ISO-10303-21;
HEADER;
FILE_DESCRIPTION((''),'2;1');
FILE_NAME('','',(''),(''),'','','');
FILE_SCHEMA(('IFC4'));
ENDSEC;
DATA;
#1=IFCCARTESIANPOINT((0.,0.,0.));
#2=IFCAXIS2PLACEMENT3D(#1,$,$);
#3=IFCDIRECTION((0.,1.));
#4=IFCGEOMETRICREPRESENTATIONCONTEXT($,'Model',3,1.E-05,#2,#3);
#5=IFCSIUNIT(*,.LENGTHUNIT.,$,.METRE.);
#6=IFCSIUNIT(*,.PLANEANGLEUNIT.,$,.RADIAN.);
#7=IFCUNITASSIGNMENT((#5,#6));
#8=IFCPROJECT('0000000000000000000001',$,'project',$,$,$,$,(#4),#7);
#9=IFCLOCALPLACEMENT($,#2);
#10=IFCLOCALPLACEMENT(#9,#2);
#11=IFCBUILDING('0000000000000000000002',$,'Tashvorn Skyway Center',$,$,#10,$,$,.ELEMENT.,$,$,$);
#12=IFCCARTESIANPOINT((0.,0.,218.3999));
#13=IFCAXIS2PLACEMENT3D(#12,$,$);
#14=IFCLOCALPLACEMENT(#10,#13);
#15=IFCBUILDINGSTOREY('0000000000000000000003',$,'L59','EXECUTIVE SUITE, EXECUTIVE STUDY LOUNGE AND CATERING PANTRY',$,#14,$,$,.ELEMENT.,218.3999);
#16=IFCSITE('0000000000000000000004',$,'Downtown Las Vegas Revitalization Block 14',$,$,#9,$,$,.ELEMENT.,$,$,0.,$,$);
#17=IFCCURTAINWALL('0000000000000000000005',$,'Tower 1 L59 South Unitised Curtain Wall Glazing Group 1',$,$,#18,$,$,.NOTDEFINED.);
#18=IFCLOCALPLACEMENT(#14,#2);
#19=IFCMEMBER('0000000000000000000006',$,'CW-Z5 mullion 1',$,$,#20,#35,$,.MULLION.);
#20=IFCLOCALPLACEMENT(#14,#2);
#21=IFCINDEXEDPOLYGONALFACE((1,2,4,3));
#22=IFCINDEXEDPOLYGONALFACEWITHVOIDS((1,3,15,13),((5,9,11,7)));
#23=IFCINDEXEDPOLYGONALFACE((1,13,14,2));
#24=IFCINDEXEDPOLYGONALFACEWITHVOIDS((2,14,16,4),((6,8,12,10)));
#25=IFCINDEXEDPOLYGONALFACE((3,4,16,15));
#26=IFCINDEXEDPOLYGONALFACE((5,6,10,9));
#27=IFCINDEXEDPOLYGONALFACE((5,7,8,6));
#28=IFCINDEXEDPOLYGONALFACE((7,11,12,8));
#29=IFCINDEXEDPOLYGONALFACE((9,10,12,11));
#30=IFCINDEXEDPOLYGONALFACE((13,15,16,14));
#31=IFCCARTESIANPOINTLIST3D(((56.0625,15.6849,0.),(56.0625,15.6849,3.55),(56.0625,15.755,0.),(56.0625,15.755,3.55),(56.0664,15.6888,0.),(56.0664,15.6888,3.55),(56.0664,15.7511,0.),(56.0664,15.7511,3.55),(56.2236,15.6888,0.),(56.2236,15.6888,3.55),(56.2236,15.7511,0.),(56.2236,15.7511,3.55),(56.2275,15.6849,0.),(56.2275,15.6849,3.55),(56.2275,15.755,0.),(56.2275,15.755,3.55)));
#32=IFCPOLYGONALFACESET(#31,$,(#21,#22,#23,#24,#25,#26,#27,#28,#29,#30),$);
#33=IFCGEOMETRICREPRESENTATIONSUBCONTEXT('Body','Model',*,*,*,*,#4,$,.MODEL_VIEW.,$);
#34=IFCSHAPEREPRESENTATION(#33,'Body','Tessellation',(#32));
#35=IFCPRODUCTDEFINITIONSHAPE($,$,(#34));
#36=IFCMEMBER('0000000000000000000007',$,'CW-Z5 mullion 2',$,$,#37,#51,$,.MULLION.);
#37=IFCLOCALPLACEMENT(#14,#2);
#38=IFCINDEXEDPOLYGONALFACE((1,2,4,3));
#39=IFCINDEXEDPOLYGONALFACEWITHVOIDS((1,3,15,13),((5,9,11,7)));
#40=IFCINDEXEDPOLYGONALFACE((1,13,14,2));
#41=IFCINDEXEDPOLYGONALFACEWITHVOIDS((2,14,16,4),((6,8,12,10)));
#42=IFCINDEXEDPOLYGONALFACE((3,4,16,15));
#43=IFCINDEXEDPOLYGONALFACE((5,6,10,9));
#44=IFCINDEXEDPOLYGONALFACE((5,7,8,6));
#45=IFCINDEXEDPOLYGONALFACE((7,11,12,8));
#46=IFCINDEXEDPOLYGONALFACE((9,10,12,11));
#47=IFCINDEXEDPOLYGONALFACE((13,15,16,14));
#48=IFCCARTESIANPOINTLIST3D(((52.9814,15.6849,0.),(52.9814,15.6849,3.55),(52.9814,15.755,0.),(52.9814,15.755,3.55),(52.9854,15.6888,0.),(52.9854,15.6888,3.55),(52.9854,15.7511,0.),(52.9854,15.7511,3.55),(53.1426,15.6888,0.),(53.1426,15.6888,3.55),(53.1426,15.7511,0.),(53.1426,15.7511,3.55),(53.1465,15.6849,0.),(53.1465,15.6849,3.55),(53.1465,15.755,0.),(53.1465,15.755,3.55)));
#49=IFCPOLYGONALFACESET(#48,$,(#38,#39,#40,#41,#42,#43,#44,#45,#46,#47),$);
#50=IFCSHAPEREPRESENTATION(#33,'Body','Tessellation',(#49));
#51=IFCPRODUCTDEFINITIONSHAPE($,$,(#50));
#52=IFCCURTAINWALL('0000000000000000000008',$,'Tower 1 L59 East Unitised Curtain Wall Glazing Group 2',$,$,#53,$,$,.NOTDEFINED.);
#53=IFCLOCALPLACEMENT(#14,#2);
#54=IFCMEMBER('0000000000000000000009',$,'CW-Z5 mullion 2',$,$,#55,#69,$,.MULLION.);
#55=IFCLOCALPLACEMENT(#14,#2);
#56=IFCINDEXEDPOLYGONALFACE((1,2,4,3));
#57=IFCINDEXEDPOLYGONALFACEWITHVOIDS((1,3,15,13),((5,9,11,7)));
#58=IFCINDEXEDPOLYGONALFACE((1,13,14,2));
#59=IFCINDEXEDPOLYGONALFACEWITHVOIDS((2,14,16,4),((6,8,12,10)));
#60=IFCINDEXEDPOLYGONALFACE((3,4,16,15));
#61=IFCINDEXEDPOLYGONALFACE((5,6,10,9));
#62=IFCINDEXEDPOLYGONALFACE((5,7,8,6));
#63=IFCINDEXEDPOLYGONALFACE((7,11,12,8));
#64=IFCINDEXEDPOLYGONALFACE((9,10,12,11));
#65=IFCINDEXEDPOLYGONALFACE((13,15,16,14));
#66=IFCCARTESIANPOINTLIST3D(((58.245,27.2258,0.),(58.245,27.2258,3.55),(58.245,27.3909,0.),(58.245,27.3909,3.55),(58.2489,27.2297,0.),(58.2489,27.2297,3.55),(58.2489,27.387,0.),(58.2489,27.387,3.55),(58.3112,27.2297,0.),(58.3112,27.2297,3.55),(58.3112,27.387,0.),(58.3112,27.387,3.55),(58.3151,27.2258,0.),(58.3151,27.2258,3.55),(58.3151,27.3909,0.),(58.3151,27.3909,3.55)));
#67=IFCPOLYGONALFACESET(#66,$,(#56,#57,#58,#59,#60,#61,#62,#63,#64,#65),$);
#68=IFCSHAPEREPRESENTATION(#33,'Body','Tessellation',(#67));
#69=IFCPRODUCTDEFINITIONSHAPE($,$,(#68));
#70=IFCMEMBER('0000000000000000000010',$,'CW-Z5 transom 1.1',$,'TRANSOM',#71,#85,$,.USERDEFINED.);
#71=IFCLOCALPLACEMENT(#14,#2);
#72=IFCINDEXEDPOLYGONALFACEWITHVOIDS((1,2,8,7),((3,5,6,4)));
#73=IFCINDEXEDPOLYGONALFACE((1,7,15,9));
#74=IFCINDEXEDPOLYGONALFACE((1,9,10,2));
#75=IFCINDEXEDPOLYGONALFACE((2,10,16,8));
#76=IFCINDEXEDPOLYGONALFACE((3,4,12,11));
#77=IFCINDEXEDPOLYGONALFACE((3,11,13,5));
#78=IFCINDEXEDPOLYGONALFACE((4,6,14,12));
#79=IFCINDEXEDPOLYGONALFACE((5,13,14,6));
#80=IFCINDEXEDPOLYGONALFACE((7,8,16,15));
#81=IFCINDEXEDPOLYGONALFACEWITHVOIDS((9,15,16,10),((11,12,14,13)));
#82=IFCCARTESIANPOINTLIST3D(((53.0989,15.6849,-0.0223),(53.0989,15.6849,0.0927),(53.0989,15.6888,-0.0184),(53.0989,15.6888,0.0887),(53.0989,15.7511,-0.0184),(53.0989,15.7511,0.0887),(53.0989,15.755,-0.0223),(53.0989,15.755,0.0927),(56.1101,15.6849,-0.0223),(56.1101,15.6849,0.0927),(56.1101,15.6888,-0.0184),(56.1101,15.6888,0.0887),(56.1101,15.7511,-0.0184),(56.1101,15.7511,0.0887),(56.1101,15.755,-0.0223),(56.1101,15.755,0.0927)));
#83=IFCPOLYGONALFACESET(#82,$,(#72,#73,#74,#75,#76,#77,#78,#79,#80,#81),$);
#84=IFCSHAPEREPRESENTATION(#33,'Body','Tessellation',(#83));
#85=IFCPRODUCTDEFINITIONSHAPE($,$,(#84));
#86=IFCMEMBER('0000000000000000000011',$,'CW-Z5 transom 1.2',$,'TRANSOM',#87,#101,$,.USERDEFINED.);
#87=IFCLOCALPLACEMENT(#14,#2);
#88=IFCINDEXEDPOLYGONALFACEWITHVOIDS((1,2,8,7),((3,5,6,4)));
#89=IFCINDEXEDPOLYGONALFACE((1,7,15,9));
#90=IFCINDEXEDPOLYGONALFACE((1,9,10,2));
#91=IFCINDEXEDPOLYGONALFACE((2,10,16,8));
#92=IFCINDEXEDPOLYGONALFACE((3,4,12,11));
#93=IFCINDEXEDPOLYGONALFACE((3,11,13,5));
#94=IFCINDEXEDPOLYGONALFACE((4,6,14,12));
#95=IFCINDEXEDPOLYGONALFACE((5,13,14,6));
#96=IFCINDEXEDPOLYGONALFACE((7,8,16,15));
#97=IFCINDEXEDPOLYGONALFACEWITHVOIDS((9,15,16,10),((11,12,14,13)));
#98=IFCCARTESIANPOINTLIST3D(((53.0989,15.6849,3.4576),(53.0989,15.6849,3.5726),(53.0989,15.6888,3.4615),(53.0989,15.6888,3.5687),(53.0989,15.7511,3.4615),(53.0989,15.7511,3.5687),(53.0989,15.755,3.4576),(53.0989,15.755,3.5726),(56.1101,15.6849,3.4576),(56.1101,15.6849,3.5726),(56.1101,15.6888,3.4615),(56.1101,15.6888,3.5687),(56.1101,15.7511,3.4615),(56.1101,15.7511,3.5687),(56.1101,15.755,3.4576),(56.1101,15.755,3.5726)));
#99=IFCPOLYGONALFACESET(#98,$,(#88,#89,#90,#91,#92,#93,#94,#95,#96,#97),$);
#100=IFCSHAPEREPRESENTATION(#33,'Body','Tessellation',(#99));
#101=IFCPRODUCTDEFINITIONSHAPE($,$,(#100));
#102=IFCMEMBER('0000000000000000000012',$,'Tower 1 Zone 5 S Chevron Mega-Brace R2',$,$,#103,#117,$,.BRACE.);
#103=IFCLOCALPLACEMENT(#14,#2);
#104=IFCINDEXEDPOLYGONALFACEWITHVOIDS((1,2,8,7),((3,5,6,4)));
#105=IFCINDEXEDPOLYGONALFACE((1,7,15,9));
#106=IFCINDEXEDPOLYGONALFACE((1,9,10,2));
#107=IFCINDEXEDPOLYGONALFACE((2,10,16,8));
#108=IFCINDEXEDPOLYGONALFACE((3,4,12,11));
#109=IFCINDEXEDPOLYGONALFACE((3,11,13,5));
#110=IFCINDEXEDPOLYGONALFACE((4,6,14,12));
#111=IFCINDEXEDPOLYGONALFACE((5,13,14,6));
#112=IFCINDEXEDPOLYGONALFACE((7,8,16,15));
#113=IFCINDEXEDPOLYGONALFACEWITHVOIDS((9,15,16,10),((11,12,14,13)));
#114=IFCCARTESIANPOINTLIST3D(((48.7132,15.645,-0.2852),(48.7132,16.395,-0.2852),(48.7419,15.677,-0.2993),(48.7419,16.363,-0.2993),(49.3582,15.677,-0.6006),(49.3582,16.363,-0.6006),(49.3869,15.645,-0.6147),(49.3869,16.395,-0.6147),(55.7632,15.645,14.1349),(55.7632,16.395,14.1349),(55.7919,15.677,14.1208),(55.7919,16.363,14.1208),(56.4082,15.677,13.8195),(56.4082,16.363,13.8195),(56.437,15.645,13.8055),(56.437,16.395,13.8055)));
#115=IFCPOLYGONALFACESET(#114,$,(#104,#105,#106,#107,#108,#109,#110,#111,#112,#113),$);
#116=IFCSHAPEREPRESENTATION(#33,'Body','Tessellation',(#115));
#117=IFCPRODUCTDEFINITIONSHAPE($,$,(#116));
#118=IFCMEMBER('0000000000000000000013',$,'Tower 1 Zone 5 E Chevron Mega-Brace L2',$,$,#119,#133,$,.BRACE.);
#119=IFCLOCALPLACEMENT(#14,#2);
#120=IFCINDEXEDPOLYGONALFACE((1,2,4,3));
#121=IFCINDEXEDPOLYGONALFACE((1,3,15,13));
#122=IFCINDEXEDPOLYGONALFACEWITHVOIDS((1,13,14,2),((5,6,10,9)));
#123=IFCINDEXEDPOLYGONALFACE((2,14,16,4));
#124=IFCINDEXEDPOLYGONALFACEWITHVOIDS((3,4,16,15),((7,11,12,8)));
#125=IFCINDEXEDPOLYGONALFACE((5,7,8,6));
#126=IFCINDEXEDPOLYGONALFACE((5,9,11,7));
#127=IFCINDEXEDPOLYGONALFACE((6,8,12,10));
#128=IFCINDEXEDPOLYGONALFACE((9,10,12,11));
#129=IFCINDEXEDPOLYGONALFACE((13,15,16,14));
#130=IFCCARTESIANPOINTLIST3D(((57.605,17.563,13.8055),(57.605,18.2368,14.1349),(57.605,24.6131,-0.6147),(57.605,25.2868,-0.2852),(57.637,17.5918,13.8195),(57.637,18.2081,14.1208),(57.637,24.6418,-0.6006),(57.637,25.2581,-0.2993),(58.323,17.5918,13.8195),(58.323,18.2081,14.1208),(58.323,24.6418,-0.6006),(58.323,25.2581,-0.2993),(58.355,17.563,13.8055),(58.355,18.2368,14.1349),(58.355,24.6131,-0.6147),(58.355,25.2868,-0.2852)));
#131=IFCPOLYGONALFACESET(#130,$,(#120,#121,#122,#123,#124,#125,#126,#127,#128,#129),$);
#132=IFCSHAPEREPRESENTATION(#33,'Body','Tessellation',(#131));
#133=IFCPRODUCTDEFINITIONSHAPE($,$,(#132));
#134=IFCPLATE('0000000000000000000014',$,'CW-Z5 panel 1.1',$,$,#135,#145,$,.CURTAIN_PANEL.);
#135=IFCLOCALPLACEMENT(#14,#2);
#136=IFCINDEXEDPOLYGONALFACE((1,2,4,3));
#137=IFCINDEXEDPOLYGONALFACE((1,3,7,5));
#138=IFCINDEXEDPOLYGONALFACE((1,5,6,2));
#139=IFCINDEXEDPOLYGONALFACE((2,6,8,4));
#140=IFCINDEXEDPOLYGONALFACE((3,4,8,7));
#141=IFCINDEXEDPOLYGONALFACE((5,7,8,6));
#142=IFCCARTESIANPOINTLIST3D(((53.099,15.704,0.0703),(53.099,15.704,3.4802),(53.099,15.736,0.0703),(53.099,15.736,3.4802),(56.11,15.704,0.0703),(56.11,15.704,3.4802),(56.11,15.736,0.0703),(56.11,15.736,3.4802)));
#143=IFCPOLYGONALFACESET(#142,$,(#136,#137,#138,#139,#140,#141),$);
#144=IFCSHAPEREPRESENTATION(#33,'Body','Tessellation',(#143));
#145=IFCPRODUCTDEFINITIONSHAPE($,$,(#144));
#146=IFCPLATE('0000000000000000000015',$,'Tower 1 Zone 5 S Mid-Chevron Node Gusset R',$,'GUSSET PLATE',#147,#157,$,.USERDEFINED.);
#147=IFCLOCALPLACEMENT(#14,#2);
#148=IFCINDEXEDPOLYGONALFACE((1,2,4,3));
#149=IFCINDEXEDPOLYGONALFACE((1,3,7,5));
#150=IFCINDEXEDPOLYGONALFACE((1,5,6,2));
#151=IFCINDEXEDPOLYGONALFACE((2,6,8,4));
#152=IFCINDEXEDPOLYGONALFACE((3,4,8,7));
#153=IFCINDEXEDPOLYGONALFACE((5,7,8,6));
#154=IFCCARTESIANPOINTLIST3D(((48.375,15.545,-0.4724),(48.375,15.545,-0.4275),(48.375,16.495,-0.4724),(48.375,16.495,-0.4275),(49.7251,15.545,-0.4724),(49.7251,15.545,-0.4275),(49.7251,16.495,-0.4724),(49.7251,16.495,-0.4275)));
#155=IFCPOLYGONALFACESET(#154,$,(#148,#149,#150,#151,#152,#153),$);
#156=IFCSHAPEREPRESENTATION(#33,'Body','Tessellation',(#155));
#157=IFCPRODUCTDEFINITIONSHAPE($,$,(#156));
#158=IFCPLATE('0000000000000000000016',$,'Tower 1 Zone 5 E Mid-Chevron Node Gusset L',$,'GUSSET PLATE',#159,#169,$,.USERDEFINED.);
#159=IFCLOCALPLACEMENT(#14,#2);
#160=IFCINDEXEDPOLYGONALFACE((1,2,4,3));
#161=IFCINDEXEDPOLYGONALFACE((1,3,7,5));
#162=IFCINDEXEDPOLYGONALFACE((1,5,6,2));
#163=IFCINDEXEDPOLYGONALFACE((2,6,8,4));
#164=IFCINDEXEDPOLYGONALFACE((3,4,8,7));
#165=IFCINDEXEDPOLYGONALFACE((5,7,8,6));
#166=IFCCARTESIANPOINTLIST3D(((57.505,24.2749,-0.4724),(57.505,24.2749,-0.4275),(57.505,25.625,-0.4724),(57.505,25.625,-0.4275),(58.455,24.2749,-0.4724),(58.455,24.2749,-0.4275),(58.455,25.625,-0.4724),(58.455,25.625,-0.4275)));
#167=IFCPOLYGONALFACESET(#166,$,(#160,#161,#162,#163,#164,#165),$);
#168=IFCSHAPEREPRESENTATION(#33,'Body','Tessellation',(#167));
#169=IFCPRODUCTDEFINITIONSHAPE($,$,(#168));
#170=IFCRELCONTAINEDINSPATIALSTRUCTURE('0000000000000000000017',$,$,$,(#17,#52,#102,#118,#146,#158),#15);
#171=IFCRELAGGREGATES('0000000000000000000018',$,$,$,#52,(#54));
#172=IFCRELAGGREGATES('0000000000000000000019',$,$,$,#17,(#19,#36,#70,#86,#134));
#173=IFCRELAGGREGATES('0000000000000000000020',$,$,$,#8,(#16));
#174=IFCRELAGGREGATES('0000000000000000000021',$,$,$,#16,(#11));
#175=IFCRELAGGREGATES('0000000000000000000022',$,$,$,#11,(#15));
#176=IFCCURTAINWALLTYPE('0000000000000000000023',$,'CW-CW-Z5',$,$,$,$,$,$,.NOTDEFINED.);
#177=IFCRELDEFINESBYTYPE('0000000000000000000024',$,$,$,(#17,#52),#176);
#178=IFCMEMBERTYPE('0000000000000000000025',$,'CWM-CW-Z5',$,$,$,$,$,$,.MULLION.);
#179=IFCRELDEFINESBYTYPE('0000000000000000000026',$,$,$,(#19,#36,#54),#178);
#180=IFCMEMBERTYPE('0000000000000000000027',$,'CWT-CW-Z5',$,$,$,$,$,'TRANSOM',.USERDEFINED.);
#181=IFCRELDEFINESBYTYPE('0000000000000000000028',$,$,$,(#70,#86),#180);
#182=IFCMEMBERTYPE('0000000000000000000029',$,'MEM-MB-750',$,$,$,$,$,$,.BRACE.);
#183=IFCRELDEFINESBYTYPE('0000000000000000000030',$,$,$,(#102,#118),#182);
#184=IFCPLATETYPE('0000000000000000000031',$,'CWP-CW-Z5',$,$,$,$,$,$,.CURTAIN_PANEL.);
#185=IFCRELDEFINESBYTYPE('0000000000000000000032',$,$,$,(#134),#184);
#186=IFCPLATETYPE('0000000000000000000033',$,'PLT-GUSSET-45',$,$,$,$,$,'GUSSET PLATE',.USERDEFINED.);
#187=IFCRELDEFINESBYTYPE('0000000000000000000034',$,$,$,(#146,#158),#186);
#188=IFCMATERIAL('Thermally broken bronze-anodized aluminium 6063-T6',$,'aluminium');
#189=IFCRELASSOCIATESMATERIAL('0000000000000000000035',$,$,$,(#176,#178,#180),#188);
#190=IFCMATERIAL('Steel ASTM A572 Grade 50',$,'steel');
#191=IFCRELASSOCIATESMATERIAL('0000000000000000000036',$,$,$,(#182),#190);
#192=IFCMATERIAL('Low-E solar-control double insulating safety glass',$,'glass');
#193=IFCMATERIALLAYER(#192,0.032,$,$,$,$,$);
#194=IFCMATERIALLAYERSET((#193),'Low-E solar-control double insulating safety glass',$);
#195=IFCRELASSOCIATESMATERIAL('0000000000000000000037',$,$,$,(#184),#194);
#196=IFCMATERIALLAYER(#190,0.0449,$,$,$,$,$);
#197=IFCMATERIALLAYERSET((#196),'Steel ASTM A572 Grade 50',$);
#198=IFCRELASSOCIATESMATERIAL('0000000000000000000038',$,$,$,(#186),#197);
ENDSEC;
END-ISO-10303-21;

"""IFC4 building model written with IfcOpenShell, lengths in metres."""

from ifc_helpers import new_model, si_unit, direction, frame, origin, origin_2d, place, context, subcontext, project, spatial, rectangle, hollow_rectangle, extrude, material, layer, layer_set, material_profile, profile_set, type_object, element, aggregate, save


model = new_model("IFC4")

# Units and contexts
model_context = context("Model", 3, precision=1e-05, world=origin(), true_north=direction((0.0, 1.0)))
body_context = subcontext(model_context, "Body", "Model", "MODEL_VIEW")
ifc_project = project(units=[si_unit("LENGTHUNIT", "METRE"), si_unit("PLANEANGLEUNIT", "RADIAN")], contexts=[model_context])

# Site, building, storey
site_placement = place(None, origin())
site = spatial("IfcSite", under=ifc_project, at=site_placement, Name="Downtown Las Vegas Revitalization Block 14", CompositionType="ELEMENT", RefElevation=0.0)
building_placement = place(site_placement, origin())
building = spatial("IfcBuilding", under=site, at=building_placement, Name="Tashvorn Skyway Center", CompositionType="ELEMENT")
storey_placement = place(building_placement, frame((0.0, 0.0, 218.3999)))
storey = spatial("IfcBuildingStorey", under=building, at=storey_placement, Name="L59", Description="EXECUTIVE SUITE, EXECUTIVE STUDY LOUNGE AND CATERING PANTRY", CompositionType="ELEMENT", Elevation=218.3999)

# Shared definitions
ifc_material_1 = material(Name="Steel ASTM A572 Grade 50", Category="steel")

# Curtain wall, members
ifc_material_2 = material(Name="Thermally broken bronze-anodized aluminium 6063-T6", Category="aluminium")
curtain_wall_type = type_object("IfcCurtainWallType", Name="CW-CW-Z5", PredefinedType="NOTDEFINED", material=ifc_material_2)
curtain_wall_1_placement = place(storey_placement, origin())
curtain_wall_1 = element("IfcCurtainWall", 1, at=curtain_wall_1_placement, inside=storey, type_object=curtain_wall_type, Name="Tower 1 L59 South Unitised Curtain Wall Glazing Group 1", PredefinedType="NOTDEFINED")
ifc_material_profile_1 = material_profile(ifc_material_2, hollow_rectangle(XDim=0.0701, YDim=0.165, WallThickness=0.0039, at=origin_2d()), Name="ALU-MULL-70x165")
ifc_profile_set_1 = profile_set([ifc_material_profile_1], Name="Thermally broken bronze-anodized aluminium 6063-T6")
member_type_1 = type_object("IfcMemberType", Name="CWM-CW-Z5", PredefinedType="MULLION", material=ifc_profile_set_1)
member_1_placement = place(storey_placement, frame((56.145, 15.72, 0.0), z_axis=(0.0, 0.0, 1.0), x_axis=(0.0, -1.0, 0.0)))
member_1 = element("IfcMember", 2, at=member_1_placement, type_object=member_type_1, Name="CW-Z5 mullion 1", PredefinedType="MULLION", context=body_context, shape_type="SweptSolid", body=[
    extrude(hollow_rectangle(XDim=0.0701, YDim=0.165, WallThickness=0.0039, at=origin_2d()), origin(), (0.0, 0.0, 1.0), 3.55),
])
member_2_placement = place(storey_placement, frame((53.064, 15.72, 0.0), z_axis=(0.0, 0.0, 1.0), x_axis=(0.0, -1.0, 0.0)))
member_2 = element("IfcMember", 3, at=member_2_placement, type_object=member_type_1, Name="CW-Z5 mullion 2", PredefinedType="MULLION", context=body_context, shape_type="SweptSolid", body=[
    extrude(hollow_rectangle(XDim=0.0701, YDim=0.165, WallThickness=0.0039, at=origin_2d()), origin(), (0.0, 0.0, 1.0), 3.55),
])

# Curtain wall, member
curtain_wall_2_placement = place(storey_placement, origin())
curtain_wall_2 = element("IfcCurtainWall", 4, at=curtain_wall_2_placement, inside=storey, type_object=curtain_wall_type, Name="Tower 1 L59 East Unitised Curtain Wall Glazing Group 2", PredefinedType="NOTDEFINED")
member_3_placement = place(storey_placement, frame((58.28, 27.3083, 0.0), z_axis=(0.0, 0.0, 1.0), x_axis=(1.0, 0.0, 0.0)))
member_3 = element("IfcMember", 5, at=member_3_placement, type_object=member_type_1, Name="CW-Z5 mullion 2", PredefinedType="MULLION", context=body_context, shape_type="SweptSolid", body=[
    extrude(hollow_rectangle(XDim=0.0701, YDim=0.165, WallThickness=0.0039, at=origin_2d()), origin(), (0.0, 0.0, 1.0), 3.55),
])
aggregate(curtain_wall_2, [member_3])

# Members
ifc_material_profile_2 = material_profile(ifc_material_2, hollow_rectangle(XDim=0.0701, YDim=0.115, WallThickness=0.0039, at=origin_2d()), Name="ALU-TRAN-70x115")
ifc_profile_set_2 = profile_set([ifc_material_profile_2], Name="Thermally broken bronze-anodized aluminium 6063-T6")
member_type_2 = type_object("IfcMemberType", Name="CWT-CW-Z5", ElementType="TRANSOM", PredefinedType="USERDEFINED", material=ifc_profile_set_2)
member_4_placement = place(storey_placement, frame((56.1101, 15.72, 0.0352), z_axis=(-1.0, 0.0, 0.0), x_axis=(0.0, -1.0, 0.0)))
member_4 = element("IfcMember", 6, at=member_4_placement, type_object=member_type_2, Name="CW-Z5 transom 1.1", ObjectType="TRANSOM", PredefinedType="USERDEFINED", context=body_context, shape_type="SweptSolid", body=[
    extrude(hollow_rectangle(XDim=0.0701, YDim=0.115, WallThickness=0.0039, at=origin_2d()), origin(), (0.0, 0.0, 1.0), 3.0112),
])
member_5_placement = place(storey_placement, frame((56.1101, 15.72, 3.5151), z_axis=(-1.0, 0.0, 0.0), x_axis=(0.0, -1.0, 0.0)))
member_5 = element("IfcMember", 7, at=member_5_placement, type_object=member_type_2, Name="CW-Z5 transom 1.2", ObjectType="TRANSOM", PredefinedType="USERDEFINED", context=body_context, shape_type="SweptSolid", body=[
    extrude(hollow_rectangle(XDim=0.0701, YDim=0.115, WallThickness=0.0039, at=origin_2d()), origin(), (0.0, 0.0, 1.0), 3.0112),
])

# Members
ifc_material_profile_3 = material_profile(ifc_material_1, hollow_rectangle(XDim=0.75, YDim=0.75, WallThickness=0.032, at=origin_2d()), Name="BOX750x750x32")
ifc_profile_set_3 = profile_set([ifc_material_profile_3], Name="Steel ASTM A572 Grade 50")
member_type_3 = type_object("IfcMemberType", Name="MEM-MB-750", PredefinedType="BRACE", material=ifc_profile_set_3)
for number, where, z_axis, x_axis, name in (
    (8, (49.05, 16.02, -0.45), (0.43922, 0.0, 0.89838), (0.0, 1.0, 0.0), "Tower 1 Zone 5 S Chevron Mega-Brace R2"),
    (9, (57.98, 24.95, -0.45), (0.0, -0.43922, 0.89838), (1.0, 0.0, 0.0), "Tower 1 Zone 5 E Chevron Mega-Brace L2"),
):
    element("IfcMember", number, at=place(storey_placement, frame(where, z_axis=z_axis, x_axis=x_axis)), inside=storey, type_object=member_type_3, Name=name, PredefinedType="BRACE", context=body_context, shape_type="SweptSolid", body=[
        extrude(hollow_rectangle(XDim=0.75, YDim=0.75, WallThickness=0.032, at=origin_2d()), origin(), (0.0, 0.0, 1.0), 16.0513),
    ])

# Plate
ifc_material_3 = material(Name="Low-E solar-control double insulating safety glass", Category="glass")
ifc_layer_1 = layer(ifc_material_3, 0.032)
ifc_layer_set_1 = layer_set([ifc_layer_1], Name="Low-E solar-control double insulating safety glass")
plate_type_1 = type_object("IfcPlateType", Name="CWP-CW-Z5", PredefinedType="CURTAIN_PANEL", material=ifc_layer_set_1)
plate_placement = place(storey_placement, frame((54.6045, 15.72, 0.0703), z_axis=(0.0, 0.0, 1.0), x_axis=(-1.0, 0.0, 0.0)))
plate = element("IfcPlate", 10, at=plate_placement, type_object=plate_type_1, Name="CW-Z5 panel 1.1", PredefinedType="CURTAIN_PANEL", context=body_context, shape_type="SweptSolid", body=[
    extrude(rectangle(XDim=3.011, YDim=0.032, at=origin_2d()), origin(), (0.0, 0.0, 1.0), 3.4099),
])
aggregate(curtain_wall_1, [member_1, member_2, member_4, member_5, plate])

# Plates
ifc_layer_2 = layer(ifc_material_1, 0.0449)
ifc_layer_set_2 = layer_set([ifc_layer_2], Name="Steel ASTM A572 Grade 50")
plate_type_2 = type_object("IfcPlateType", Name="PLT-GUSSET-45", ElementType="GUSSET PLATE", PredefinedType="USERDEFINED", material=ifc_layer_set_2)
for number, where, z_axis, x_axis, name in (
    (11, (49.05, 16.02, -0.4724), (0.0, 0.0, 1.0), (1.0, 0.0, 0.0), "Tower 1 Zone 5 S Mid-Chevron Node Gusset R"),
    (12, (57.98, 24.95, -0.4724), (0.0, 0.0, 1.0), (0.0, 1.0, 0.0), "Tower 1 Zone 5 E Mid-Chevron Node Gusset L"),
):
    element("IfcPlate", number, at=place(storey_placement, frame(where, z_axis=z_axis, x_axis=x_axis)), inside=storey, type_object=plate_type_2, Name=name, ObjectType="GUSSET PLATE", PredefinedType="USERDEFINED", context=body_context, shape_type="SweptSolid", body=[
        extrude(rectangle(XDim=1.3501, YDim=0.95, at=origin_2d()), origin(), (0.0, 0.0, 1.0), 0.0449),
    ])

save(model, "model.ifc")
